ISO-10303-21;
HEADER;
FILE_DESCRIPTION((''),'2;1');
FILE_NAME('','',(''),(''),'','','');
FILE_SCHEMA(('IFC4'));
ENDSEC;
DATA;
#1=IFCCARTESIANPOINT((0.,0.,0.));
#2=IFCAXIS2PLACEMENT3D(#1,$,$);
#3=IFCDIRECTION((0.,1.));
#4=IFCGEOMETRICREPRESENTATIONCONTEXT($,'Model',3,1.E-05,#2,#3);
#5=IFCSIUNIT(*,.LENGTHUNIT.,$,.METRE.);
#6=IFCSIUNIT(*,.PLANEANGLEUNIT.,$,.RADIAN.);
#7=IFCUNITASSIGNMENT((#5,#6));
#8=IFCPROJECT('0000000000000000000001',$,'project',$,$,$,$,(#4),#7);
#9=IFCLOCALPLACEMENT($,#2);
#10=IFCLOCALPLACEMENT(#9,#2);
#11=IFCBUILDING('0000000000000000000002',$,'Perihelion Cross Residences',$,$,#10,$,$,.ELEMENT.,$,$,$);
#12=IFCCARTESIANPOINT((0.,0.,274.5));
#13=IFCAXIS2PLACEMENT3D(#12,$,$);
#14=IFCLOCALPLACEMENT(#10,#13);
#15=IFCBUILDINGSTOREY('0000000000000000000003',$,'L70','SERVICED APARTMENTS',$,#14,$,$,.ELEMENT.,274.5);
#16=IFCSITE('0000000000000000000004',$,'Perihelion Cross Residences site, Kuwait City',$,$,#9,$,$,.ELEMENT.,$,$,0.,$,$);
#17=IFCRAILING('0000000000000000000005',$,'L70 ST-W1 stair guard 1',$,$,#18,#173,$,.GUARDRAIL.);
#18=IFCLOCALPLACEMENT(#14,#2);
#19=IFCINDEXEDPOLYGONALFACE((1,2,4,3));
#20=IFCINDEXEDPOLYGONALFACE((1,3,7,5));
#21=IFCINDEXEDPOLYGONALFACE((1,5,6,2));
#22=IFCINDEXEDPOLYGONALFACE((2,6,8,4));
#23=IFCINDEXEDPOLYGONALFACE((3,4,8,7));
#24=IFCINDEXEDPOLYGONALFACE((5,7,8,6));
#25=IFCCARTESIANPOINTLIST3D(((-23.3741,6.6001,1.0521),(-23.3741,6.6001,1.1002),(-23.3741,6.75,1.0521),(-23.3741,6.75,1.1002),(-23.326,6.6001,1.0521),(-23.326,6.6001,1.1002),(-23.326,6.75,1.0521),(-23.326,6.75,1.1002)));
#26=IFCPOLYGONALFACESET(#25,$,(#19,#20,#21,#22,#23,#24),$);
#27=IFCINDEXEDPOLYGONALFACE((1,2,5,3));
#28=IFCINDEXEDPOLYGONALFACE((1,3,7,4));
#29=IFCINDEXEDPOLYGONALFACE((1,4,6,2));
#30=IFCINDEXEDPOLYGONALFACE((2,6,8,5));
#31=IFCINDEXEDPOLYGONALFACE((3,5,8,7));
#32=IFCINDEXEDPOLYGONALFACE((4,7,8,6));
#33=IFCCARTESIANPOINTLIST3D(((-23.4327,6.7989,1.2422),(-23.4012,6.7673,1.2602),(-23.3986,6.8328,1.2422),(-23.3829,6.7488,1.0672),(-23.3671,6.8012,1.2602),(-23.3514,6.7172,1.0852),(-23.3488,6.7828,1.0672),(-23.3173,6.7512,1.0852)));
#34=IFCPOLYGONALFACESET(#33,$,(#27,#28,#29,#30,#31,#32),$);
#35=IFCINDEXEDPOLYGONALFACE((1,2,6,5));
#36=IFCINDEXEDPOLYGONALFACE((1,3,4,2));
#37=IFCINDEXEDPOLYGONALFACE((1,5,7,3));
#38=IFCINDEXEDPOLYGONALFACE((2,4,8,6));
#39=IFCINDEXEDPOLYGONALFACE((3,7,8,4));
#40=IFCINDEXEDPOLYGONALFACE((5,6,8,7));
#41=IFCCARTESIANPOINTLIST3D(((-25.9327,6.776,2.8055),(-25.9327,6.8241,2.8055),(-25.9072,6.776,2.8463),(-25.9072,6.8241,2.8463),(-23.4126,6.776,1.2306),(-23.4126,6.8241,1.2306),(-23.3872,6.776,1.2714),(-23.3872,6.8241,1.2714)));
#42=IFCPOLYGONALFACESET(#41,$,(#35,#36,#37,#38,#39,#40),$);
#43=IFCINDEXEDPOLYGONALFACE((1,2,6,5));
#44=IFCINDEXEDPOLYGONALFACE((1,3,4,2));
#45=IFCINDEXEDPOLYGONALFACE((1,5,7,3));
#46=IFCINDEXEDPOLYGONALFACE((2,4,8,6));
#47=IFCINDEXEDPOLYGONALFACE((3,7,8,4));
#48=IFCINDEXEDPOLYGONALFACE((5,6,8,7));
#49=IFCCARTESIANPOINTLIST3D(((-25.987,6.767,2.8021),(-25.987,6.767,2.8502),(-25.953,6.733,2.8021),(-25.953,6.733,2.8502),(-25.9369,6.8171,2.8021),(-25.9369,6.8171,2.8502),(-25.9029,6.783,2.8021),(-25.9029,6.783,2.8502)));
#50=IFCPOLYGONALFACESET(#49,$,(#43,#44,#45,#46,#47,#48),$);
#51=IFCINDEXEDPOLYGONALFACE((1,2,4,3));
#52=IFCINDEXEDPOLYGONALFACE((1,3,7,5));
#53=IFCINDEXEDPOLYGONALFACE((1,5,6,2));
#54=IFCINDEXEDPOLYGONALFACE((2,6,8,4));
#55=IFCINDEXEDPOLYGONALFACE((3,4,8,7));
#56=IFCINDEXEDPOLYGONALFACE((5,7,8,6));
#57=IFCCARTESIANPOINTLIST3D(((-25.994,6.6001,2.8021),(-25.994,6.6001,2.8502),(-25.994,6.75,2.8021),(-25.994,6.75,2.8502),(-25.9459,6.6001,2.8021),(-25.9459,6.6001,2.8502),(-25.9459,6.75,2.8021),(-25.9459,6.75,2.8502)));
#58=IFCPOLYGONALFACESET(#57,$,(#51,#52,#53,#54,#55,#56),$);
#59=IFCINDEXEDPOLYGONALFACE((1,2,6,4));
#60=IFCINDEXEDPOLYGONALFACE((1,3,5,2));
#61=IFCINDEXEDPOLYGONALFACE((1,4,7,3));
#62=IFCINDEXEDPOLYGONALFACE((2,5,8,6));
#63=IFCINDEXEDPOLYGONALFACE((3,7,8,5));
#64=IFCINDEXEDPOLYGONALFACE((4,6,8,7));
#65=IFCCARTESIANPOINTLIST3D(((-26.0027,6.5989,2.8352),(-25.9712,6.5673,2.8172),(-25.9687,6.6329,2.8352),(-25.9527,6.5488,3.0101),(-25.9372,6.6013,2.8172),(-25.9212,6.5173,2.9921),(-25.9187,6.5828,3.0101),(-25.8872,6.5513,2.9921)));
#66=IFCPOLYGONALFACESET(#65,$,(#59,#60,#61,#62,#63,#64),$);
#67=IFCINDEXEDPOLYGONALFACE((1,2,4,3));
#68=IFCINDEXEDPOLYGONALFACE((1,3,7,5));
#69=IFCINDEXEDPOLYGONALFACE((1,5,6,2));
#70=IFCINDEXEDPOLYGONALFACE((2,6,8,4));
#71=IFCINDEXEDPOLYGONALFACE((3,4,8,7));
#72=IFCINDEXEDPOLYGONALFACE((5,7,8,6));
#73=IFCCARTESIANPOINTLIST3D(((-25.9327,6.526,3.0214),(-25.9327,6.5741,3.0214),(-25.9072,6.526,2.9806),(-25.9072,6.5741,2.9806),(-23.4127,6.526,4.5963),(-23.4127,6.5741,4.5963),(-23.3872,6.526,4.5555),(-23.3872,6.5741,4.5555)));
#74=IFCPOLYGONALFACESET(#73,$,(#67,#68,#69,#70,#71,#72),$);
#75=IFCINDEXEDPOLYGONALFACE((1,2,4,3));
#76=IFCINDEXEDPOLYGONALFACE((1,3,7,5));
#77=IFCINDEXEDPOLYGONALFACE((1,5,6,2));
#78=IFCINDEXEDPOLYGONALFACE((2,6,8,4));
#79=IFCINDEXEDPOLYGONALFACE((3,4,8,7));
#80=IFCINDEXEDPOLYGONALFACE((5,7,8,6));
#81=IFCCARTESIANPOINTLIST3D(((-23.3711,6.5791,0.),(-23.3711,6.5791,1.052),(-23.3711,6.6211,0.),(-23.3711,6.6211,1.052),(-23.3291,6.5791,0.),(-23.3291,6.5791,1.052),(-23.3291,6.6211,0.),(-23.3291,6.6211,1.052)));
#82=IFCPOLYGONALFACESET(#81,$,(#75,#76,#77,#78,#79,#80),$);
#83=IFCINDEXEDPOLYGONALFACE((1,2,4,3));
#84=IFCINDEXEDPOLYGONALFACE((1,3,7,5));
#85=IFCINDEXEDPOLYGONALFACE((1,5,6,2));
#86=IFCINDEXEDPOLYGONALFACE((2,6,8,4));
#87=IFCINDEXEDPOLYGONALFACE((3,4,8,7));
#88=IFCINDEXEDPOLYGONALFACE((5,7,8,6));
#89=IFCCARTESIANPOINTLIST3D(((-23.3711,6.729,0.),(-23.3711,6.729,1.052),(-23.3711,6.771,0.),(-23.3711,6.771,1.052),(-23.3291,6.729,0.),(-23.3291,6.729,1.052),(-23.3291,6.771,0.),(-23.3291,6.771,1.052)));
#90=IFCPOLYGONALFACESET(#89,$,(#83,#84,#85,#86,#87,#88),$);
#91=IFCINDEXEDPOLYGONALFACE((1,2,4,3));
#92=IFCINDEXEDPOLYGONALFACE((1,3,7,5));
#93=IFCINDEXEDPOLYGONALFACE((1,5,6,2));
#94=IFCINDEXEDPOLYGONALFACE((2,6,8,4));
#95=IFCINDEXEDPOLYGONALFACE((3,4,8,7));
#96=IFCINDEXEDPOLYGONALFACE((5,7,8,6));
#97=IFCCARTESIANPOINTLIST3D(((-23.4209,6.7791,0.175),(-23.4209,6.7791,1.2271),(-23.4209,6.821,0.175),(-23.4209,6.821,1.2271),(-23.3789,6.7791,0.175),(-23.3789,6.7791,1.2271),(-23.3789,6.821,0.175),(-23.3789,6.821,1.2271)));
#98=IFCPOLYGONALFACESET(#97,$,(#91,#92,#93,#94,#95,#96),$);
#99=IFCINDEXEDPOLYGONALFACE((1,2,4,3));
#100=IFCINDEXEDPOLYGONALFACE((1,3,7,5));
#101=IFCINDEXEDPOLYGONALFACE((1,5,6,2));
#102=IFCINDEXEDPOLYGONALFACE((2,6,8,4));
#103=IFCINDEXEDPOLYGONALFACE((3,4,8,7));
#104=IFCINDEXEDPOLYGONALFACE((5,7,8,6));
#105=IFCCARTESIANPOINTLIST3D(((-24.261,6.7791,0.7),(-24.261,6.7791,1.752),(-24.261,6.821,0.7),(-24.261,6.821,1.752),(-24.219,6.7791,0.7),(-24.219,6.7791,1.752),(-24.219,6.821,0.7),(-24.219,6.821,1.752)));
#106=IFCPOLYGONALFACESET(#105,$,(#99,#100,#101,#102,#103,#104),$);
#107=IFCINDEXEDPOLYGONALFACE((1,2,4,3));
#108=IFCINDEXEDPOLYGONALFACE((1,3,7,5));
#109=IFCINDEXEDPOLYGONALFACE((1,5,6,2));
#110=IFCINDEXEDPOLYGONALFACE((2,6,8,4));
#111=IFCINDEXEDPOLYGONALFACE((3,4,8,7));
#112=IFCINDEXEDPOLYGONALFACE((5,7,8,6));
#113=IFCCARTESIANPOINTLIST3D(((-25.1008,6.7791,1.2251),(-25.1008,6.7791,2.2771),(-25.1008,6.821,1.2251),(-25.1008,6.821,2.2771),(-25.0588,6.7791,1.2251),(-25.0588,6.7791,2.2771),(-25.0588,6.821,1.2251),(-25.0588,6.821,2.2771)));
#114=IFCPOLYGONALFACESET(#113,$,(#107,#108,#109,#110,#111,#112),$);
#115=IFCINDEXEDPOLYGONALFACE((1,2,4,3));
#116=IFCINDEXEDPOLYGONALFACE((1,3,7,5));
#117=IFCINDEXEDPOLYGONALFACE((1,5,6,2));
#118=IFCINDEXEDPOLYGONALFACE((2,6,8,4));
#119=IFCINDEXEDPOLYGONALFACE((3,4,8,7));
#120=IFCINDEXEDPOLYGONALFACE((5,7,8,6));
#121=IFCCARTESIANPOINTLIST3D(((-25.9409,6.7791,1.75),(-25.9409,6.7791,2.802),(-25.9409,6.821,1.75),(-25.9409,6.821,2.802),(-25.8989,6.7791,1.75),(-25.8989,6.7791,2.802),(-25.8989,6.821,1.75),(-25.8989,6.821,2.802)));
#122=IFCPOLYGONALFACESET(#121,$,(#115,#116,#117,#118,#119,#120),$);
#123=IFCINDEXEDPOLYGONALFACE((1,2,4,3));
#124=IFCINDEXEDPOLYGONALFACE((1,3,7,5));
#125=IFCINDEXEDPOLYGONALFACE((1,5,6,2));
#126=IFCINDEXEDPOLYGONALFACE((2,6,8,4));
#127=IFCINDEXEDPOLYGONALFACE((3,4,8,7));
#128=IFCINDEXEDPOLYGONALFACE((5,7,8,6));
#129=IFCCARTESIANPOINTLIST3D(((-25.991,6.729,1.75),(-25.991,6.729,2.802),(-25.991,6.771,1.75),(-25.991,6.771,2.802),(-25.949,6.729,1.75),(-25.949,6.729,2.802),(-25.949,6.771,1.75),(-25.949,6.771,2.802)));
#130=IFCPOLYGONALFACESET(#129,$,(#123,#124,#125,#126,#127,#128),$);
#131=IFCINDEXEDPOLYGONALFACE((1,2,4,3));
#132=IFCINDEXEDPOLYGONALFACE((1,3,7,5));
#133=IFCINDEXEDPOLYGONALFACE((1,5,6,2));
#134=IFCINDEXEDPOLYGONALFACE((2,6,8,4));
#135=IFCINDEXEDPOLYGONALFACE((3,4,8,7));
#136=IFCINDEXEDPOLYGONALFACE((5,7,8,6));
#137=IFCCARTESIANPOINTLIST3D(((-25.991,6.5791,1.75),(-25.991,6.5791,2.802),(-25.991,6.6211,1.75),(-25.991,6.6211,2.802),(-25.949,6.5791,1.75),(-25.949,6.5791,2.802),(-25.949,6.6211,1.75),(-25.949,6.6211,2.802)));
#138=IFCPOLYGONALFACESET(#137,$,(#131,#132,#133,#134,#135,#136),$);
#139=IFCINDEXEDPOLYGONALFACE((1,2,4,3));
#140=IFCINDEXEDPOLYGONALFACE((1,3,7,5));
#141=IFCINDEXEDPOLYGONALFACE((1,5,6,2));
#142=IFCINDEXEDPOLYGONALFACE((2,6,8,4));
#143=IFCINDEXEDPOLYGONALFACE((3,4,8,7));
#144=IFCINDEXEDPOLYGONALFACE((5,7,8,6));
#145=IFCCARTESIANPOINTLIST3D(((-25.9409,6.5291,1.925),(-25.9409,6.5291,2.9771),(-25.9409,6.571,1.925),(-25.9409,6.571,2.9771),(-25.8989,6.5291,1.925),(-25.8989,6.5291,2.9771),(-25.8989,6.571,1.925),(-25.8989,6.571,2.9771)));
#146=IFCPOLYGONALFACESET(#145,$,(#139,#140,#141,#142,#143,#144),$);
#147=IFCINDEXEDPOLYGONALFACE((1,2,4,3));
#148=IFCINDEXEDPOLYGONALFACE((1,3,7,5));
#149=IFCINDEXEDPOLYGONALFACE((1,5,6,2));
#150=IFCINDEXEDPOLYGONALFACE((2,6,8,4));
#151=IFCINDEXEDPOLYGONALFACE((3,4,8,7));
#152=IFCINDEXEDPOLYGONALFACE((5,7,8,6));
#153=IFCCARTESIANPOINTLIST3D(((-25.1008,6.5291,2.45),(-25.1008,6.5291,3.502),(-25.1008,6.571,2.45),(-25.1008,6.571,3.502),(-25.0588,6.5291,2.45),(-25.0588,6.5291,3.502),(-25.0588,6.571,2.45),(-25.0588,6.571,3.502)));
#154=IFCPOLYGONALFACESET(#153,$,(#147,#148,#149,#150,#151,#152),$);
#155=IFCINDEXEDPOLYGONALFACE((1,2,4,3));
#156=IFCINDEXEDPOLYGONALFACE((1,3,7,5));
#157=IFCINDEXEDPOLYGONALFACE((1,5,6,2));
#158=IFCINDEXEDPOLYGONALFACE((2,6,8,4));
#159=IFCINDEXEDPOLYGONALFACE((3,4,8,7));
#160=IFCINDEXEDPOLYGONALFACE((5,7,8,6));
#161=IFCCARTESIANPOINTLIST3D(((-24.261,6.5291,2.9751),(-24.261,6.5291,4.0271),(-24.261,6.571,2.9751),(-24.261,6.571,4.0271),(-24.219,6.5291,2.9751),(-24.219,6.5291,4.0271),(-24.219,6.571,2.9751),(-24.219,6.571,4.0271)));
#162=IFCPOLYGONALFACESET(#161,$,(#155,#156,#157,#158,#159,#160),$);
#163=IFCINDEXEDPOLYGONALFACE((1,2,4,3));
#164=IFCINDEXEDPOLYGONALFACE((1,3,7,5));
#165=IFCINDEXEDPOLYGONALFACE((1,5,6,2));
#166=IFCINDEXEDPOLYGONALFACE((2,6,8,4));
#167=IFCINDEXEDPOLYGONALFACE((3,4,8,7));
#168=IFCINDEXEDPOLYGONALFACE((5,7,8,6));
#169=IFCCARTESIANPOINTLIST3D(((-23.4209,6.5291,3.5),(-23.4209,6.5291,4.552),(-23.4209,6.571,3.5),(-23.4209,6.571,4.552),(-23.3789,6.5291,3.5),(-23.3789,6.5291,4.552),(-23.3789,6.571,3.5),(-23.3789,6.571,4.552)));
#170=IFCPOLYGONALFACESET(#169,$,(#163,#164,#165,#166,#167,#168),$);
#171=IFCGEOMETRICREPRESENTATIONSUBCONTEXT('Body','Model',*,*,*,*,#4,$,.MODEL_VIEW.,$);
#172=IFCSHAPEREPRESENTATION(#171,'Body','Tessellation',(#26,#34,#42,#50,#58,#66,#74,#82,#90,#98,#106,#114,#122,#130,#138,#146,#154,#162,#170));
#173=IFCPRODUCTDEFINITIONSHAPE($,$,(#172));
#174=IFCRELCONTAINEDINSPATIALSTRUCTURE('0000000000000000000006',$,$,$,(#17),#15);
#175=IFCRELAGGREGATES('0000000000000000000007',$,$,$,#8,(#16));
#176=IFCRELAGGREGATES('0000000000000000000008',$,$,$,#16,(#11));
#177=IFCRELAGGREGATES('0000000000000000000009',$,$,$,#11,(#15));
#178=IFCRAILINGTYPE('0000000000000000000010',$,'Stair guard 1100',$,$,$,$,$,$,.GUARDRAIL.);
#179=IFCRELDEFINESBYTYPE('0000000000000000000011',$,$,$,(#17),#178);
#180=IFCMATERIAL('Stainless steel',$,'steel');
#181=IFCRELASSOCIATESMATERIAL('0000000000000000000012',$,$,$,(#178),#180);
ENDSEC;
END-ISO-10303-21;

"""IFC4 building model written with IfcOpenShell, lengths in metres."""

from ifc_helpers import new_model, si_unit, direction, frame, origin, origin_2d, place, context, subcontext, project, spatial, rectangle, extrude, material, type_object, element, save


model = new_model("IFC4")

# Units and contexts
model_context = context("Model", 3, precision=1e-05, world=origin(), true_north=direction((0.0, 1.0)))
body_context = subcontext(model_context, "Body", "Model", "MODEL_VIEW")
ifc_project = project(units=[si_unit("LENGTHUNIT", "METRE"), si_unit("PLANEANGLEUNIT", "RADIAN")], contexts=[model_context])

# Site, building, storey
site_placement = place(None, origin())
site = spatial("IfcSite", under=ifc_project, at=site_placement, Name="Perihelion Cross Residences site, Kuwait City", CompositionType="ELEMENT", RefElevation=0.0)
building_placement = place(site_placement, origin())
building = spatial("IfcBuilding", under=site, at=building_placement, Name="Perihelion Cross Residences", CompositionType="ELEMENT")
storey_placement = place(building_placement, frame((0.0, 0.0, 274.5)))
storey = spatial("IfcBuildingStorey", under=building, at=storey_placement, Name="L70", Description="SERVICED APARTMENTS", CompositionType="ELEMENT", Elevation=274.5)

# Railing
ifc_material_1 = material(Name="Stainless steel", Category="steel")
railing_type_1 = type_object("IfcRailingType", Name="Stair guard 1100", PredefinedType="GUARDRAIL", material=ifc_material_1)
railing_1_placement = place(storey_placement, frame((-23.3501, 6.6001, 0.0)))
element("IfcRailing", 1, at=railing_1_placement, inside=storey, type_object=railing_type_1, Name="L70 ST-W1 stair guard 1", PredefinedType="GUARDRAIL", context=body_context, shape_type="SweptSolid", body=[
    extrude(rectangle(XDim=0.0481, YDim=0.0481, at=origin_2d()), frame((0.0, 0.0, 1.0762), z_axis=(0.0, 1.0, 0.0), x_axis=(-1.0, 0.0, 0.0)), (0.0, 0.0, 1.0), 0.1499),
    extrude(rectangle(XDim=0.0481, YDim=0.0481, at=origin_2d()), frame((0.0, 0.1499, 1.0762), z_axis=(-0.263862, 0.265156, 0.927399), x_axis=(-0.708834, -0.705376, 0.0)), (0.0, 0.0, 1.0), 0.1887),
    extrude(rectangle(XDim=0.0481, YDim=0.0481, at=origin_2d()), frame((-0.0498, 0.2, 1.251), z_axis=(-0.848008, 0.0, 0.529984), x_axis=(0.0, -1.0, 0.0)), (0.0, 0.0, 1.0), 2.9717),
    extrude(rectangle(XDim=0.0481, YDim=0.0481, at=origin_2d()), frame((-2.5698, 0.2, 2.8262), z_axis=(-0.707107, -0.707107, 0.0), x_axis=(0.707107, -0.707107, 0.0)), (0.0, 0.0, 1.0), 0.0708),
    extrude(rectangle(XDim=0.0481, YDim=0.0481, at=origin_2d()), frame((-2.6199, 0.1499, 2.8262), z_axis=(0.0, -1.0, 0.0), x_axis=(1.0, 0.0, 0.0)), (0.0, 0.0, 1.0), 0.1499),
    extrude(rectangle(XDim=0.0481, YDim=0.0481, at=origin_2d()), frame((-2.6199, 0.0, 2.8262), z_axis=(0.265065, -0.265065, 0.927082), x_axis=(0.707107, 0.707107, 0.0)), (0.0, 0.0, 1.0), 0.1887),
    extrude(rectangle(XDim=0.0481, YDim=0.0481, at=origin_2d()), frame((-2.5698, -0.05, 3.001), z_axis=(0.848008, 0.0, 0.529984), x_axis=(0.0, 1.0, 0.0)), (0.0, 0.0, 1.0), 2.9717),
    extrude(rectangle(XDim=0.042, YDim=0.042, at=origin_2d()), origin(), (0.0, 0.0, 1.0), 1.052),
    extrude(rectangle(XDim=0.042, YDim=0.042, at=origin_2d()), frame((0.0, 0.1499, 0.0)), (0.0, 0.0, 1.0), 1.052),
    extrude(rectangle(XDim=0.042, YDim=0.042, at=origin_2d()), frame((-0.0498, 0.2, 0.175)), (0.0, 0.0, 1.0), 1.052),
    extrude(rectangle(XDim=0.042, YDim=0.042, at=origin_2d()), frame((-0.8899, 0.2, 0.7)), (0.0, 0.0, 1.0), 1.052),
    extrude(rectangle(XDim=0.042, YDim=0.042, at=origin_2d()), frame((-1.7297, 0.2, 1.2251)), (0.0, 0.0, 1.0), 1.052),
    extrude(rectangle(XDim=0.042, YDim=0.042, at=origin_2d()), frame((-2.5698, 0.2, 1.75)), (0.0, 0.0, 1.0), 1.052),
    extrude(rectangle(XDim=0.042, YDim=0.042, at=origin_2d()), frame((-2.6199, 0.1499, 1.75)), (0.0, 0.0, 1.0), 1.052),
    extrude(rectangle(XDim=0.042, YDim=0.042, at=origin_2d()), frame((-2.6199, 0.0, 1.75)), (0.0, 0.0, 1.0), 1.052),
    extrude(rectangle(XDim=0.042, YDim=0.042, at=origin_2d()), frame((-2.5698, -0.05, 1.925)), (0.0, 0.0, 1.0), 1.052),
    extrude(rectangle(XDim=0.042, YDim=0.042, at=origin_2d()), frame((-1.7297, -0.05, 2.45)), (0.0, 0.0, 1.0), 1.052),
    extrude(rectangle(XDim=0.042, YDim=0.042, at=origin_2d()), frame((-0.8899, -0.05, 2.9751)), (0.0, 0.0, 1.0), 1.052),
    extrude(rectangle(XDim=0.042, YDim=0.042, at=origin_2d()), frame((-0.0498, -0.05, 3.5)), (0.0, 0.0, 1.0), 1.052),
])

save(model, "model.ifc")
